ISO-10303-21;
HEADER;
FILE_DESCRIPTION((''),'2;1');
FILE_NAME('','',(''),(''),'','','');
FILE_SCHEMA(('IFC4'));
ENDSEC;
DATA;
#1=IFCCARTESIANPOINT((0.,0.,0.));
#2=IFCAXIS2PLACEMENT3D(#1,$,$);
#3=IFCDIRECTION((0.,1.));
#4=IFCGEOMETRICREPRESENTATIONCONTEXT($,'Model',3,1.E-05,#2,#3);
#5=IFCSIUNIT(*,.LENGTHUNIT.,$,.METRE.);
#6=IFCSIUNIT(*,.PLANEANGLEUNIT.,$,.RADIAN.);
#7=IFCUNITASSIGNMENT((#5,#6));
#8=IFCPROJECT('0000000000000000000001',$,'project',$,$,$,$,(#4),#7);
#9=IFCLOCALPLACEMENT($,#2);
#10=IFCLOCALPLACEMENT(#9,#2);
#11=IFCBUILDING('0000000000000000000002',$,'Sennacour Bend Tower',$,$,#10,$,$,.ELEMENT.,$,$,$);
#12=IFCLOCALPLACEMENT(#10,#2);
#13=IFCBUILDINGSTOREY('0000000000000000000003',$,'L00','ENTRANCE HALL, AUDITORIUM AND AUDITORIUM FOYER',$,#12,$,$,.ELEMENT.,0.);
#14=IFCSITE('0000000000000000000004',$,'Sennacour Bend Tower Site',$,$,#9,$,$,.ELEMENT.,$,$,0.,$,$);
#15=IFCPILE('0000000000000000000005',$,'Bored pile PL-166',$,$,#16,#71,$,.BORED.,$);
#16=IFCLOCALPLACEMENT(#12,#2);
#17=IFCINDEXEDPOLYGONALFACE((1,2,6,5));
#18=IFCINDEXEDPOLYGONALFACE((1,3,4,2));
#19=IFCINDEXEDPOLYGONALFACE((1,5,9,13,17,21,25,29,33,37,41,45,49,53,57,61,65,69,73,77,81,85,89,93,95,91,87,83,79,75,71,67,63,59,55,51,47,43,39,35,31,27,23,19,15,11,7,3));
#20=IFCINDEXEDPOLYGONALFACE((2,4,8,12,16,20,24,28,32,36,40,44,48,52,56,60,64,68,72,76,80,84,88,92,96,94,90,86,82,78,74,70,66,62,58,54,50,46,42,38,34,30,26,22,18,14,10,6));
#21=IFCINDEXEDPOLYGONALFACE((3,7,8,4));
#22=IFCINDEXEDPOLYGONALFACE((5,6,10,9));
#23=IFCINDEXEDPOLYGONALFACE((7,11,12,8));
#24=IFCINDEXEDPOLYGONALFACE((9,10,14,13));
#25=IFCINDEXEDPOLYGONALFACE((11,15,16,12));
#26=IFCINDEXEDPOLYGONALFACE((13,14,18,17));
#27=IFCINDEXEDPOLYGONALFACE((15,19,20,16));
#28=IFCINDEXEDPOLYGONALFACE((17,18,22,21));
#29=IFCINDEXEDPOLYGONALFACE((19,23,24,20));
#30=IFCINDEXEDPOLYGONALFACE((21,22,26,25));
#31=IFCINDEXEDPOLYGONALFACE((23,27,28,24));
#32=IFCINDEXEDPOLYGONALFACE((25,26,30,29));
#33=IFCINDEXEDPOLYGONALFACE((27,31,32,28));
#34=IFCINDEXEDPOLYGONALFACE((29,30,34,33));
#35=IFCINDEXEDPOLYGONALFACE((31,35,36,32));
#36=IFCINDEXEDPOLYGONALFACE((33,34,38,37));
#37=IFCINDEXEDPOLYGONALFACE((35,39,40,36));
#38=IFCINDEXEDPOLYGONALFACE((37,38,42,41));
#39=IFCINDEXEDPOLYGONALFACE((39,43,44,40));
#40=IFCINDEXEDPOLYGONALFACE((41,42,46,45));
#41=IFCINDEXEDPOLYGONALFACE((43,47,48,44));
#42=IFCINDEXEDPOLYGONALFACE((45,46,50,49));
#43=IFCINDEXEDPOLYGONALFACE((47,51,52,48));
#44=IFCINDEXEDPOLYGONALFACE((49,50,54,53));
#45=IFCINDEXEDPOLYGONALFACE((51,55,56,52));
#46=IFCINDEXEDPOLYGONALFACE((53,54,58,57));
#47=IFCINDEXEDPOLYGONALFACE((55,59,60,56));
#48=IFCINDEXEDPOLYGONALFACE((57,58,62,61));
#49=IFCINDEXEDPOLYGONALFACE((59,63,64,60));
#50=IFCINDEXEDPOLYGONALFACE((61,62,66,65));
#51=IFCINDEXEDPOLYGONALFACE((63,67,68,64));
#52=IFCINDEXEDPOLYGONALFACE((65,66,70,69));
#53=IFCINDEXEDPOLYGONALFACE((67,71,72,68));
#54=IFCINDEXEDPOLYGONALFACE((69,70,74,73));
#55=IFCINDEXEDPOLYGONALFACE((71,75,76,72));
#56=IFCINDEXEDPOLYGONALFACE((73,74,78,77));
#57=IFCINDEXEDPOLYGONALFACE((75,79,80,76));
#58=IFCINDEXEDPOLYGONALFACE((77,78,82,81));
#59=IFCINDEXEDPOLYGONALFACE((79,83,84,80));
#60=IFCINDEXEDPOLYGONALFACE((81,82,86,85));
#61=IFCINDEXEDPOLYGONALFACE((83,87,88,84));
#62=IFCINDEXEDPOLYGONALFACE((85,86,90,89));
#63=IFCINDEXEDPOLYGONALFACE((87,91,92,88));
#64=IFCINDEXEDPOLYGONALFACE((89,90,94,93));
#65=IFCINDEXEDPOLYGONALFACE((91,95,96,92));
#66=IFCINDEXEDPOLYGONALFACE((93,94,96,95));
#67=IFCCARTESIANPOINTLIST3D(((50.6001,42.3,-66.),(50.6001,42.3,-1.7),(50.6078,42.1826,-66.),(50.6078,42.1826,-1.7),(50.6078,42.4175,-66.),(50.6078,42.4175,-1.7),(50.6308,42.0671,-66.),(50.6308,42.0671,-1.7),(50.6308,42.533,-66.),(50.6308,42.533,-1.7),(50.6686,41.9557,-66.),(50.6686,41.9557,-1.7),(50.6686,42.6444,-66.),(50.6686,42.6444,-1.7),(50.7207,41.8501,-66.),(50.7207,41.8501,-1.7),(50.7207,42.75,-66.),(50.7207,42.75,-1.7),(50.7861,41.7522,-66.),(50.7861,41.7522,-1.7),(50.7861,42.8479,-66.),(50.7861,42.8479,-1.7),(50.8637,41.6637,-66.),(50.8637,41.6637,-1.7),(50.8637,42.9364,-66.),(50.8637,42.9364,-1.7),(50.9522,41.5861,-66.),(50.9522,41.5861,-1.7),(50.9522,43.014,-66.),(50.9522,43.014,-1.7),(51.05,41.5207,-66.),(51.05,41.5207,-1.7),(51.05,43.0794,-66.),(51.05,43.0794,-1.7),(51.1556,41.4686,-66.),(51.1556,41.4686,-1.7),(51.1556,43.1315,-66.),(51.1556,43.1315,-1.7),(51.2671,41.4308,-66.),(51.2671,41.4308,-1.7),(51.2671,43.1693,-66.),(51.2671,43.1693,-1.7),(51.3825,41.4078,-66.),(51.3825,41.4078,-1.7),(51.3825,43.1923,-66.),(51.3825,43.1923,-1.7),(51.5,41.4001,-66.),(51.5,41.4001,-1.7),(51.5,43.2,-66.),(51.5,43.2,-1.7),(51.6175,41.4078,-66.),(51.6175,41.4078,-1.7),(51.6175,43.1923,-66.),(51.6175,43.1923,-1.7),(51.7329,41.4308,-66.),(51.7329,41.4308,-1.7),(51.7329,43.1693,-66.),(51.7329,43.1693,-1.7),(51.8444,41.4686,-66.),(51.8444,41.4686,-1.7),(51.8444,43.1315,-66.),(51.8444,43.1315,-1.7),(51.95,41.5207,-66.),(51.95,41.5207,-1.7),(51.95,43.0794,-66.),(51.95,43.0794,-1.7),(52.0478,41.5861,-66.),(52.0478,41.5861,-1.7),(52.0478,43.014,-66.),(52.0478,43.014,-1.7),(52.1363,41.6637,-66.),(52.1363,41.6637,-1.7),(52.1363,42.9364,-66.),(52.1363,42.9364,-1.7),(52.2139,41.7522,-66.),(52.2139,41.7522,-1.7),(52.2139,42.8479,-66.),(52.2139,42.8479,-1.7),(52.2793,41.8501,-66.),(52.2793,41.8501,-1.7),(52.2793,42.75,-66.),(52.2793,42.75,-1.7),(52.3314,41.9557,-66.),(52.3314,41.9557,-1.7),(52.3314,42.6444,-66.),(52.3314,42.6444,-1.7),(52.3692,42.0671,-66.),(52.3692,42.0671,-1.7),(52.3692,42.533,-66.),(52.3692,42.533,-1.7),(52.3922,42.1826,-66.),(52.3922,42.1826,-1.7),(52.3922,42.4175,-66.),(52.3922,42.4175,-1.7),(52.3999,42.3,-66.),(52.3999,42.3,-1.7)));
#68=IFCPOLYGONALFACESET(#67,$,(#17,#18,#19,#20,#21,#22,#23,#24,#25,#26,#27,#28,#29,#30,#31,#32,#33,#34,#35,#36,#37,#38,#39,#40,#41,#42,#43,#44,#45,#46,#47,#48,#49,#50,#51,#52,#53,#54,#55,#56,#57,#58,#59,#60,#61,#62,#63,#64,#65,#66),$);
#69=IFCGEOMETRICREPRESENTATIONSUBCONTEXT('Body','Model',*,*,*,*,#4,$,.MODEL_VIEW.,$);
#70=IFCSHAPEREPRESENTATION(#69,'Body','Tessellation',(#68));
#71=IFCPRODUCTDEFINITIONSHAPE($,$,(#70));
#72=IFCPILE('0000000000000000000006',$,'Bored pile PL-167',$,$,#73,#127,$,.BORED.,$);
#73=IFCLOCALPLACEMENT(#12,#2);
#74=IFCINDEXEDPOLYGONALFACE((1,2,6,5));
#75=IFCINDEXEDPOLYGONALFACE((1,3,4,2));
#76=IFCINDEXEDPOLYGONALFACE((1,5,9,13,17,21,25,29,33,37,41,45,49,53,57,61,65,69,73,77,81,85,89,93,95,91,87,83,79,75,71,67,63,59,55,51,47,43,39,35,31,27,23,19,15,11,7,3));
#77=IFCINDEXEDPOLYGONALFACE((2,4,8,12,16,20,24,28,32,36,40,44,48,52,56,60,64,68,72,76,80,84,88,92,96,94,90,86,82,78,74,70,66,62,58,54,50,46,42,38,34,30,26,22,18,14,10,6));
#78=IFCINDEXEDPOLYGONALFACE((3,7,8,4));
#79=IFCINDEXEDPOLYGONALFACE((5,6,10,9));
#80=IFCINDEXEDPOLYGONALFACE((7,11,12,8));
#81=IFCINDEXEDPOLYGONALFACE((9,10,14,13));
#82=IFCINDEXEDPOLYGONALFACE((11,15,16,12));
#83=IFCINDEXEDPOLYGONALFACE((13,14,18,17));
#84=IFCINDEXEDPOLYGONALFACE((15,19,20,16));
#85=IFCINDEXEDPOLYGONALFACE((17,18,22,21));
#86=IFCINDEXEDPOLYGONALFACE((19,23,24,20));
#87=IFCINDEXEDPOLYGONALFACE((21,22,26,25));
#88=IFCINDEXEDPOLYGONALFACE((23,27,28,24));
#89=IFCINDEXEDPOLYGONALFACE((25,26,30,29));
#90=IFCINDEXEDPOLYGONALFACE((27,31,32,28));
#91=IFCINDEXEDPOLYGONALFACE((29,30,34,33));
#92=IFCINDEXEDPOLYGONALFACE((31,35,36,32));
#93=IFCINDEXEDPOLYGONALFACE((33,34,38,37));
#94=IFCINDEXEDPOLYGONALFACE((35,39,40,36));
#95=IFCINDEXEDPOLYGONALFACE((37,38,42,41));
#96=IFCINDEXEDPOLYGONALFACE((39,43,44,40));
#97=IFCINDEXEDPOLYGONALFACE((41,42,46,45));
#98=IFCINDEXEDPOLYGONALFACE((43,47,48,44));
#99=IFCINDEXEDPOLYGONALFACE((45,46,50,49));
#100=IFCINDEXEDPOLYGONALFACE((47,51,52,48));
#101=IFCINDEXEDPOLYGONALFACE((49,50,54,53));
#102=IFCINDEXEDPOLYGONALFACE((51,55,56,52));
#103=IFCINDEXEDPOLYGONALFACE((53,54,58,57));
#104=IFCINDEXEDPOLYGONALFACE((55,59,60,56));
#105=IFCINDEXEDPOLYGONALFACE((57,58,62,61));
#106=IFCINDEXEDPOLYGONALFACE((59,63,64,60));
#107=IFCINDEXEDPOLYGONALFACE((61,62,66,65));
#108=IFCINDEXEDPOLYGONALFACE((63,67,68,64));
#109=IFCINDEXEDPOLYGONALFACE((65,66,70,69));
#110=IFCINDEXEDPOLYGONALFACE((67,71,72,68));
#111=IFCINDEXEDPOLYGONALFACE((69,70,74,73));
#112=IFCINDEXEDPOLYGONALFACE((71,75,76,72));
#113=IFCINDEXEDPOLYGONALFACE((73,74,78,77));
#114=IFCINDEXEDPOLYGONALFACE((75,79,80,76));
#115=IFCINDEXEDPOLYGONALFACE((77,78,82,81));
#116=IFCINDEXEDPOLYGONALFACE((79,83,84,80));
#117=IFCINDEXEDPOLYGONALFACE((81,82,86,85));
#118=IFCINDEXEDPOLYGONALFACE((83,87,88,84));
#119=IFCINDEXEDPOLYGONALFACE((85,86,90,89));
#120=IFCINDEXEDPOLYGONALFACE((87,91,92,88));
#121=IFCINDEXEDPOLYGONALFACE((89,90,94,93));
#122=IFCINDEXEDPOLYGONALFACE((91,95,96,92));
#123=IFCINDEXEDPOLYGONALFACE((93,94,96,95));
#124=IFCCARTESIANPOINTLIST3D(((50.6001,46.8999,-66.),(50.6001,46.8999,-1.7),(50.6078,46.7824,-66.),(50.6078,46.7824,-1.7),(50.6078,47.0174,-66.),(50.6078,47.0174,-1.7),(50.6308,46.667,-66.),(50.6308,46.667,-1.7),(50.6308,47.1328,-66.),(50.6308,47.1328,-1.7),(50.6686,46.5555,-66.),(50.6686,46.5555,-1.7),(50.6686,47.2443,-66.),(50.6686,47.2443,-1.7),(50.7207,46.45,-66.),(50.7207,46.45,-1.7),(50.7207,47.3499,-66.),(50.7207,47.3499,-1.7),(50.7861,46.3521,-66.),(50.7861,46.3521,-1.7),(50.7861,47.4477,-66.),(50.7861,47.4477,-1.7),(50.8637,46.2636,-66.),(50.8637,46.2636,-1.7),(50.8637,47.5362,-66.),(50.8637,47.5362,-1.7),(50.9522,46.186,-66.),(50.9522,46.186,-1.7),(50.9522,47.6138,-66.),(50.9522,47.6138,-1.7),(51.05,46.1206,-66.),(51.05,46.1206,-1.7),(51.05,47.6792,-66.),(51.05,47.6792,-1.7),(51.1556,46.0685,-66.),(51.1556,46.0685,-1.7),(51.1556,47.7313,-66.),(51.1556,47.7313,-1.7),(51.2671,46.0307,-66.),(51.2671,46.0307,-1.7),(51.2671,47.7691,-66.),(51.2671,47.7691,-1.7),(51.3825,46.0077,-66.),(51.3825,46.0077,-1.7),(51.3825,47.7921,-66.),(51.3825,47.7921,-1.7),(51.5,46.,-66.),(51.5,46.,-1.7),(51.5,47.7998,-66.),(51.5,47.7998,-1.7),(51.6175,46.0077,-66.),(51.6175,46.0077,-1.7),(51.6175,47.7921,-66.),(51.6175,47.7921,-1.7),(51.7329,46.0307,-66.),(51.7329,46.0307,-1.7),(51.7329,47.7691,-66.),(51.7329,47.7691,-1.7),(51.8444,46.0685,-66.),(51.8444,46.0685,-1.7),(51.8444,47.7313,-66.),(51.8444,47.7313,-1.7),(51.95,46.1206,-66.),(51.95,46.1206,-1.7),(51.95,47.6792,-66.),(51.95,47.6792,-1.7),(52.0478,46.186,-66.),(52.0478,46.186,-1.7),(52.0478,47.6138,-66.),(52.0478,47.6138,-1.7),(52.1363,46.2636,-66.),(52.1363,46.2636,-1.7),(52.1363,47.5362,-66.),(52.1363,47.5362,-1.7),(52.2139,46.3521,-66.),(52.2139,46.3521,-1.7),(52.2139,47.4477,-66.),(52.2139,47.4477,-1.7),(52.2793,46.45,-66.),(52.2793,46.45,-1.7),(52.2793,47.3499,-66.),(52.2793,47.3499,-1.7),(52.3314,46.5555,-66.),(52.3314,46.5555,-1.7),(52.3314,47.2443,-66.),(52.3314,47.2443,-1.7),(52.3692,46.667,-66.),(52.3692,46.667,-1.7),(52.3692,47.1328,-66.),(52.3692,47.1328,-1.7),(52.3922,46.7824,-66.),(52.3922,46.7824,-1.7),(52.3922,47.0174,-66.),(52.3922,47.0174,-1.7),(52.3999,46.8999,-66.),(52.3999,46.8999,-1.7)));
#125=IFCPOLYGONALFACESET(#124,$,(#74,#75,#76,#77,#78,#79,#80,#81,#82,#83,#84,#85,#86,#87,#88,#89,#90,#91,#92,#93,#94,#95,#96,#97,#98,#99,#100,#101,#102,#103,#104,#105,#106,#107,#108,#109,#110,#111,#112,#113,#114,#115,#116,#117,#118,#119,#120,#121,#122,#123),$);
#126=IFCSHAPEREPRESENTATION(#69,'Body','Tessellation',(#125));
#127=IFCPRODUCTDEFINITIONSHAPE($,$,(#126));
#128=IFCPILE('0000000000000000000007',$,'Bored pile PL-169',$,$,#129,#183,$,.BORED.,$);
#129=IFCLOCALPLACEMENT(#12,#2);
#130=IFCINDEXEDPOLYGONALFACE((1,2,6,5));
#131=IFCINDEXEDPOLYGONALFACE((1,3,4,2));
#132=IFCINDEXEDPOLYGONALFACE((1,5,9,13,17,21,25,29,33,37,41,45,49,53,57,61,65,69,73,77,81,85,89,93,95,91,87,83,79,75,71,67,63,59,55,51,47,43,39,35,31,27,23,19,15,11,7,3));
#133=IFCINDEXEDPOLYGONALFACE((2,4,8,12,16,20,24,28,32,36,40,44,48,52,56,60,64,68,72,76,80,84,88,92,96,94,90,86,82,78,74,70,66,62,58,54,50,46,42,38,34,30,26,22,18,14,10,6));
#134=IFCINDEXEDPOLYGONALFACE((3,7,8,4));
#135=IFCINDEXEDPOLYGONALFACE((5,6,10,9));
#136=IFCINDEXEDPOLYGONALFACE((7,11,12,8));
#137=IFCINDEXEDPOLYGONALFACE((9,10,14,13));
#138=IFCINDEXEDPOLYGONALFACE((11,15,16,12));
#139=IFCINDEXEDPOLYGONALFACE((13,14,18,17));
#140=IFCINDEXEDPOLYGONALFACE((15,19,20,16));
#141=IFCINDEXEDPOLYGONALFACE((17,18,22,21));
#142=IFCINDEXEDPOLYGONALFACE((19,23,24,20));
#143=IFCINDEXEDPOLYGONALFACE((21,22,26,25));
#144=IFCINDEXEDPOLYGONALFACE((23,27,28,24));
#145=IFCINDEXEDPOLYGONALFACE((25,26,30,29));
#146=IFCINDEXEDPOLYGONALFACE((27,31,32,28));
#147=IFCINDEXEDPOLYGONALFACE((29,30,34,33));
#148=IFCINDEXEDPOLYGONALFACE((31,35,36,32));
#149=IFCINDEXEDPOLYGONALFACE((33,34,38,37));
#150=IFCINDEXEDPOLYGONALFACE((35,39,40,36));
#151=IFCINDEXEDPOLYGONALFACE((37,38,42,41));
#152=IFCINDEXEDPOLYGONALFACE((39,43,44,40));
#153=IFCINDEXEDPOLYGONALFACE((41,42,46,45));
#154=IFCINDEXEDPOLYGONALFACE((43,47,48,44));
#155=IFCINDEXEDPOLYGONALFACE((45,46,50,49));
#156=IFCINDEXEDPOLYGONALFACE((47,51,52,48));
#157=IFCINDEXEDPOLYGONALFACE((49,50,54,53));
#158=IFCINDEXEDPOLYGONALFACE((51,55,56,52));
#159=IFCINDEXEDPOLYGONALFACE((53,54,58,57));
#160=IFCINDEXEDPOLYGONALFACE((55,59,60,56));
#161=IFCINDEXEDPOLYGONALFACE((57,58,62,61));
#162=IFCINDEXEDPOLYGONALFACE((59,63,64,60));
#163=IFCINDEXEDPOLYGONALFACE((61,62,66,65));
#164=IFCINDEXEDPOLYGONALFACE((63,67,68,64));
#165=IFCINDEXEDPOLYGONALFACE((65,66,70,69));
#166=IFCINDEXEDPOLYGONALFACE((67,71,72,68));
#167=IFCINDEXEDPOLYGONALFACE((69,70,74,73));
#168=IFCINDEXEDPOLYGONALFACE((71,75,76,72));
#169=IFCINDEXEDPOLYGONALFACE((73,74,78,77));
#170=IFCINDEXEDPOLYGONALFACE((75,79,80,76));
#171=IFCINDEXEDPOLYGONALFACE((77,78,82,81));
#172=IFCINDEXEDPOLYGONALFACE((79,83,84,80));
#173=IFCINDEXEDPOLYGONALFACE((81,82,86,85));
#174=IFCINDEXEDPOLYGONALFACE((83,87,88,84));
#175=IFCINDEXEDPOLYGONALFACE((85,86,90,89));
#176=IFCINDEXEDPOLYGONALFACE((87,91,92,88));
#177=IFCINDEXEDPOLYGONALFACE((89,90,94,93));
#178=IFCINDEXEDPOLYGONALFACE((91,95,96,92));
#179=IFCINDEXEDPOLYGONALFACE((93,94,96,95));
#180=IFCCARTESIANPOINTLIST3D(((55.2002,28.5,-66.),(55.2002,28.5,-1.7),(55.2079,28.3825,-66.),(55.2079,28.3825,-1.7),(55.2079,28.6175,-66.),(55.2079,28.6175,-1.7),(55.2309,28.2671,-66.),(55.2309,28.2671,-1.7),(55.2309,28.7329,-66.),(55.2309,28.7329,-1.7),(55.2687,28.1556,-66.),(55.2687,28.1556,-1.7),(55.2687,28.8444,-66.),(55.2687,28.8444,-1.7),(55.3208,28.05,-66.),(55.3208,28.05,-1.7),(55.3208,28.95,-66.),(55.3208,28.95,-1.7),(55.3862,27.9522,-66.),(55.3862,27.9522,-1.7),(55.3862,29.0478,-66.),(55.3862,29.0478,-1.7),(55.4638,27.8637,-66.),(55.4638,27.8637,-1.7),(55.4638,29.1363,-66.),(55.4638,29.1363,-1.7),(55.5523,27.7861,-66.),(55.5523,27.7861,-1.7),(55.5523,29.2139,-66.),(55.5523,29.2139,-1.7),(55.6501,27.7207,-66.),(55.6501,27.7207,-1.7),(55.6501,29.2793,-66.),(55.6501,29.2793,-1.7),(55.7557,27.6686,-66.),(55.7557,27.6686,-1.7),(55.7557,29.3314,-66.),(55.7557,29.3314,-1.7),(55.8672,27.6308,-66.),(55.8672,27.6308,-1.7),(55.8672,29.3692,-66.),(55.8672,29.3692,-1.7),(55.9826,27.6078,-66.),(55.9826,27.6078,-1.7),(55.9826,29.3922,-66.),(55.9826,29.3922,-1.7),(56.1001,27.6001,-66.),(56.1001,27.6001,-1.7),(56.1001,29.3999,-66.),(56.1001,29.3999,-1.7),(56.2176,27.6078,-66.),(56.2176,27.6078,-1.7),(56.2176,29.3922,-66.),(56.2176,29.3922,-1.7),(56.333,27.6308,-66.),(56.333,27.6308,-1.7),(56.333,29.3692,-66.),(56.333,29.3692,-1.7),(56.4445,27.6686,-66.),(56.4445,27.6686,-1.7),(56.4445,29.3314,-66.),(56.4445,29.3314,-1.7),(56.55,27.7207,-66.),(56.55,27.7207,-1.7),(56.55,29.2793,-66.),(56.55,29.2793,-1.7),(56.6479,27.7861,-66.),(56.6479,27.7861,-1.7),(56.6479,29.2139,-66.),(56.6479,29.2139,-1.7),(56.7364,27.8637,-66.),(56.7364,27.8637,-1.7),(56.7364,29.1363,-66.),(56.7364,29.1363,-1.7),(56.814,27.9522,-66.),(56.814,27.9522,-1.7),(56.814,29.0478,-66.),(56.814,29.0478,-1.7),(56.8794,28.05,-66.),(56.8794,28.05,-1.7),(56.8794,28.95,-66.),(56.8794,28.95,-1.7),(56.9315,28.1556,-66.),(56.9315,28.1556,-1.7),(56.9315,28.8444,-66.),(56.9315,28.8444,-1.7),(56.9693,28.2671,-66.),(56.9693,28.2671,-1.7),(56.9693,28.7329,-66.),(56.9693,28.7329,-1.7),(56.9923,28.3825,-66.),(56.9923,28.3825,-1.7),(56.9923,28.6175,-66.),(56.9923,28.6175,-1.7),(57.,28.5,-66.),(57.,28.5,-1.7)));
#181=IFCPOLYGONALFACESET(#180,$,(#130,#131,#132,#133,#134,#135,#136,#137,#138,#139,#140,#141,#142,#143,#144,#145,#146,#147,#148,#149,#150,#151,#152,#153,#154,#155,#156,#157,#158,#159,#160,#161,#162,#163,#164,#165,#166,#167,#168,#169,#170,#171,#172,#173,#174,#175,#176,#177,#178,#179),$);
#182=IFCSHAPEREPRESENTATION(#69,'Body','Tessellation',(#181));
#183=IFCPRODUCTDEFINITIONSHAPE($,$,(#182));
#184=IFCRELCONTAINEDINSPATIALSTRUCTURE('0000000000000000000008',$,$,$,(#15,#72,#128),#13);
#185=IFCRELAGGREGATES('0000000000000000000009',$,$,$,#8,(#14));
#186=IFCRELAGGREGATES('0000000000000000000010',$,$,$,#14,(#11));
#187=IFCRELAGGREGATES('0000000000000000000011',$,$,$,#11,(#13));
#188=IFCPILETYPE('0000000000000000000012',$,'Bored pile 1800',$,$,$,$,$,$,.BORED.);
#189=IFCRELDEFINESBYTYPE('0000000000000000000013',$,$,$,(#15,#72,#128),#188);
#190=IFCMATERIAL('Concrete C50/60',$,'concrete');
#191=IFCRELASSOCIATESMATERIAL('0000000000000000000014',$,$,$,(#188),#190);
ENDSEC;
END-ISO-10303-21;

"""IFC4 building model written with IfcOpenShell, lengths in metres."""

from ifc_helpers import new_model, si_unit, direction, frame, origin, origin_2d, place, context, subcontext, project, spatial, circle, extrude, material, material_profile, profile_set, type_object, element, save


model = new_model("IFC4")

# Units and contexts
model_context = context("Model", 3, precision=1e-05, world=origin(), true_north=direction((0.0, 1.0)))
body_context = subcontext(model_context, "Body", "Model", "MODEL_VIEW")
ifc_project = project(units=[si_unit("LENGTHUNIT", "METRE"), si_unit("PLANEANGLEUNIT", "RADIAN")], contexts=[model_context])

# Site, building, storey
site_placement = place(None, origin())
site = spatial("IfcSite", under=ifc_project, at=site_placement, Name="Sennacour Bend Tower Site", CompositionType="ELEMENT", RefElevation=0.0)
building_placement = place(site_placement, origin())
building = spatial("IfcBuilding", under=site, at=building_placement, Name="Sennacour Bend Tower", CompositionType="ELEMENT")
storey_placement = place(building_placement, origin())
storey = spatial("IfcBuildingStorey", under=building, at=storey_placement, Name="L00", Description="ENTRANCE HALL, AUDITORIUM AND AUDITORIUM FOYER", CompositionType="ELEMENT", Elevation=0.0)

# Piles
ifc_material_1 = material(Name="Concrete C50/60", Category="concrete")
ifc_material_profile_1 = material_profile(ifc_material_1, circle(Radius=0.8999, at=origin_2d()), Name="Concrete C50/60", Category="concrete")
ifc_profile_set_1 = profile_set([ifc_material_profile_1], Name="Concrete C50/60")
pile_type = type_object("IfcPileType", Name="Bored pile 1800", PredefinedType="BORED", material=ifc_profile_set_1)
for number, where, z_axis, x_axis, name in (
    (1, (51.5, 42.3, -1.7), (0.0, 0.0, -1.0), (1.0, 0.0, 0.0), "Bored pile PL-166"),
    (2, (51.5, 46.8999, -1.7), (0.0, 0.0, -1.0), (1.0, 0.0, 0.0), "Bored pile PL-167"),
    (3, (56.1001, 28.5, -1.7), (0.0, 0.0, -1.0), (1.0, 0.0, 0.0), "Bored pile PL-169"),
):
    element("IfcPile", number, at=place(storey_placement, frame(where, z_axis=z_axis, x_axis=x_axis)), inside=storey, type_object=pile_type, Name=name, PredefinedType="BORED", context=body_context, shape_type="SweptSolid", body=[
        extrude(circle(Radius=0.8999, at=origin_2d()), origin(), (0.0, 0.0, 1.0), 64.3),
    ])

save(model, "model.ifc")
